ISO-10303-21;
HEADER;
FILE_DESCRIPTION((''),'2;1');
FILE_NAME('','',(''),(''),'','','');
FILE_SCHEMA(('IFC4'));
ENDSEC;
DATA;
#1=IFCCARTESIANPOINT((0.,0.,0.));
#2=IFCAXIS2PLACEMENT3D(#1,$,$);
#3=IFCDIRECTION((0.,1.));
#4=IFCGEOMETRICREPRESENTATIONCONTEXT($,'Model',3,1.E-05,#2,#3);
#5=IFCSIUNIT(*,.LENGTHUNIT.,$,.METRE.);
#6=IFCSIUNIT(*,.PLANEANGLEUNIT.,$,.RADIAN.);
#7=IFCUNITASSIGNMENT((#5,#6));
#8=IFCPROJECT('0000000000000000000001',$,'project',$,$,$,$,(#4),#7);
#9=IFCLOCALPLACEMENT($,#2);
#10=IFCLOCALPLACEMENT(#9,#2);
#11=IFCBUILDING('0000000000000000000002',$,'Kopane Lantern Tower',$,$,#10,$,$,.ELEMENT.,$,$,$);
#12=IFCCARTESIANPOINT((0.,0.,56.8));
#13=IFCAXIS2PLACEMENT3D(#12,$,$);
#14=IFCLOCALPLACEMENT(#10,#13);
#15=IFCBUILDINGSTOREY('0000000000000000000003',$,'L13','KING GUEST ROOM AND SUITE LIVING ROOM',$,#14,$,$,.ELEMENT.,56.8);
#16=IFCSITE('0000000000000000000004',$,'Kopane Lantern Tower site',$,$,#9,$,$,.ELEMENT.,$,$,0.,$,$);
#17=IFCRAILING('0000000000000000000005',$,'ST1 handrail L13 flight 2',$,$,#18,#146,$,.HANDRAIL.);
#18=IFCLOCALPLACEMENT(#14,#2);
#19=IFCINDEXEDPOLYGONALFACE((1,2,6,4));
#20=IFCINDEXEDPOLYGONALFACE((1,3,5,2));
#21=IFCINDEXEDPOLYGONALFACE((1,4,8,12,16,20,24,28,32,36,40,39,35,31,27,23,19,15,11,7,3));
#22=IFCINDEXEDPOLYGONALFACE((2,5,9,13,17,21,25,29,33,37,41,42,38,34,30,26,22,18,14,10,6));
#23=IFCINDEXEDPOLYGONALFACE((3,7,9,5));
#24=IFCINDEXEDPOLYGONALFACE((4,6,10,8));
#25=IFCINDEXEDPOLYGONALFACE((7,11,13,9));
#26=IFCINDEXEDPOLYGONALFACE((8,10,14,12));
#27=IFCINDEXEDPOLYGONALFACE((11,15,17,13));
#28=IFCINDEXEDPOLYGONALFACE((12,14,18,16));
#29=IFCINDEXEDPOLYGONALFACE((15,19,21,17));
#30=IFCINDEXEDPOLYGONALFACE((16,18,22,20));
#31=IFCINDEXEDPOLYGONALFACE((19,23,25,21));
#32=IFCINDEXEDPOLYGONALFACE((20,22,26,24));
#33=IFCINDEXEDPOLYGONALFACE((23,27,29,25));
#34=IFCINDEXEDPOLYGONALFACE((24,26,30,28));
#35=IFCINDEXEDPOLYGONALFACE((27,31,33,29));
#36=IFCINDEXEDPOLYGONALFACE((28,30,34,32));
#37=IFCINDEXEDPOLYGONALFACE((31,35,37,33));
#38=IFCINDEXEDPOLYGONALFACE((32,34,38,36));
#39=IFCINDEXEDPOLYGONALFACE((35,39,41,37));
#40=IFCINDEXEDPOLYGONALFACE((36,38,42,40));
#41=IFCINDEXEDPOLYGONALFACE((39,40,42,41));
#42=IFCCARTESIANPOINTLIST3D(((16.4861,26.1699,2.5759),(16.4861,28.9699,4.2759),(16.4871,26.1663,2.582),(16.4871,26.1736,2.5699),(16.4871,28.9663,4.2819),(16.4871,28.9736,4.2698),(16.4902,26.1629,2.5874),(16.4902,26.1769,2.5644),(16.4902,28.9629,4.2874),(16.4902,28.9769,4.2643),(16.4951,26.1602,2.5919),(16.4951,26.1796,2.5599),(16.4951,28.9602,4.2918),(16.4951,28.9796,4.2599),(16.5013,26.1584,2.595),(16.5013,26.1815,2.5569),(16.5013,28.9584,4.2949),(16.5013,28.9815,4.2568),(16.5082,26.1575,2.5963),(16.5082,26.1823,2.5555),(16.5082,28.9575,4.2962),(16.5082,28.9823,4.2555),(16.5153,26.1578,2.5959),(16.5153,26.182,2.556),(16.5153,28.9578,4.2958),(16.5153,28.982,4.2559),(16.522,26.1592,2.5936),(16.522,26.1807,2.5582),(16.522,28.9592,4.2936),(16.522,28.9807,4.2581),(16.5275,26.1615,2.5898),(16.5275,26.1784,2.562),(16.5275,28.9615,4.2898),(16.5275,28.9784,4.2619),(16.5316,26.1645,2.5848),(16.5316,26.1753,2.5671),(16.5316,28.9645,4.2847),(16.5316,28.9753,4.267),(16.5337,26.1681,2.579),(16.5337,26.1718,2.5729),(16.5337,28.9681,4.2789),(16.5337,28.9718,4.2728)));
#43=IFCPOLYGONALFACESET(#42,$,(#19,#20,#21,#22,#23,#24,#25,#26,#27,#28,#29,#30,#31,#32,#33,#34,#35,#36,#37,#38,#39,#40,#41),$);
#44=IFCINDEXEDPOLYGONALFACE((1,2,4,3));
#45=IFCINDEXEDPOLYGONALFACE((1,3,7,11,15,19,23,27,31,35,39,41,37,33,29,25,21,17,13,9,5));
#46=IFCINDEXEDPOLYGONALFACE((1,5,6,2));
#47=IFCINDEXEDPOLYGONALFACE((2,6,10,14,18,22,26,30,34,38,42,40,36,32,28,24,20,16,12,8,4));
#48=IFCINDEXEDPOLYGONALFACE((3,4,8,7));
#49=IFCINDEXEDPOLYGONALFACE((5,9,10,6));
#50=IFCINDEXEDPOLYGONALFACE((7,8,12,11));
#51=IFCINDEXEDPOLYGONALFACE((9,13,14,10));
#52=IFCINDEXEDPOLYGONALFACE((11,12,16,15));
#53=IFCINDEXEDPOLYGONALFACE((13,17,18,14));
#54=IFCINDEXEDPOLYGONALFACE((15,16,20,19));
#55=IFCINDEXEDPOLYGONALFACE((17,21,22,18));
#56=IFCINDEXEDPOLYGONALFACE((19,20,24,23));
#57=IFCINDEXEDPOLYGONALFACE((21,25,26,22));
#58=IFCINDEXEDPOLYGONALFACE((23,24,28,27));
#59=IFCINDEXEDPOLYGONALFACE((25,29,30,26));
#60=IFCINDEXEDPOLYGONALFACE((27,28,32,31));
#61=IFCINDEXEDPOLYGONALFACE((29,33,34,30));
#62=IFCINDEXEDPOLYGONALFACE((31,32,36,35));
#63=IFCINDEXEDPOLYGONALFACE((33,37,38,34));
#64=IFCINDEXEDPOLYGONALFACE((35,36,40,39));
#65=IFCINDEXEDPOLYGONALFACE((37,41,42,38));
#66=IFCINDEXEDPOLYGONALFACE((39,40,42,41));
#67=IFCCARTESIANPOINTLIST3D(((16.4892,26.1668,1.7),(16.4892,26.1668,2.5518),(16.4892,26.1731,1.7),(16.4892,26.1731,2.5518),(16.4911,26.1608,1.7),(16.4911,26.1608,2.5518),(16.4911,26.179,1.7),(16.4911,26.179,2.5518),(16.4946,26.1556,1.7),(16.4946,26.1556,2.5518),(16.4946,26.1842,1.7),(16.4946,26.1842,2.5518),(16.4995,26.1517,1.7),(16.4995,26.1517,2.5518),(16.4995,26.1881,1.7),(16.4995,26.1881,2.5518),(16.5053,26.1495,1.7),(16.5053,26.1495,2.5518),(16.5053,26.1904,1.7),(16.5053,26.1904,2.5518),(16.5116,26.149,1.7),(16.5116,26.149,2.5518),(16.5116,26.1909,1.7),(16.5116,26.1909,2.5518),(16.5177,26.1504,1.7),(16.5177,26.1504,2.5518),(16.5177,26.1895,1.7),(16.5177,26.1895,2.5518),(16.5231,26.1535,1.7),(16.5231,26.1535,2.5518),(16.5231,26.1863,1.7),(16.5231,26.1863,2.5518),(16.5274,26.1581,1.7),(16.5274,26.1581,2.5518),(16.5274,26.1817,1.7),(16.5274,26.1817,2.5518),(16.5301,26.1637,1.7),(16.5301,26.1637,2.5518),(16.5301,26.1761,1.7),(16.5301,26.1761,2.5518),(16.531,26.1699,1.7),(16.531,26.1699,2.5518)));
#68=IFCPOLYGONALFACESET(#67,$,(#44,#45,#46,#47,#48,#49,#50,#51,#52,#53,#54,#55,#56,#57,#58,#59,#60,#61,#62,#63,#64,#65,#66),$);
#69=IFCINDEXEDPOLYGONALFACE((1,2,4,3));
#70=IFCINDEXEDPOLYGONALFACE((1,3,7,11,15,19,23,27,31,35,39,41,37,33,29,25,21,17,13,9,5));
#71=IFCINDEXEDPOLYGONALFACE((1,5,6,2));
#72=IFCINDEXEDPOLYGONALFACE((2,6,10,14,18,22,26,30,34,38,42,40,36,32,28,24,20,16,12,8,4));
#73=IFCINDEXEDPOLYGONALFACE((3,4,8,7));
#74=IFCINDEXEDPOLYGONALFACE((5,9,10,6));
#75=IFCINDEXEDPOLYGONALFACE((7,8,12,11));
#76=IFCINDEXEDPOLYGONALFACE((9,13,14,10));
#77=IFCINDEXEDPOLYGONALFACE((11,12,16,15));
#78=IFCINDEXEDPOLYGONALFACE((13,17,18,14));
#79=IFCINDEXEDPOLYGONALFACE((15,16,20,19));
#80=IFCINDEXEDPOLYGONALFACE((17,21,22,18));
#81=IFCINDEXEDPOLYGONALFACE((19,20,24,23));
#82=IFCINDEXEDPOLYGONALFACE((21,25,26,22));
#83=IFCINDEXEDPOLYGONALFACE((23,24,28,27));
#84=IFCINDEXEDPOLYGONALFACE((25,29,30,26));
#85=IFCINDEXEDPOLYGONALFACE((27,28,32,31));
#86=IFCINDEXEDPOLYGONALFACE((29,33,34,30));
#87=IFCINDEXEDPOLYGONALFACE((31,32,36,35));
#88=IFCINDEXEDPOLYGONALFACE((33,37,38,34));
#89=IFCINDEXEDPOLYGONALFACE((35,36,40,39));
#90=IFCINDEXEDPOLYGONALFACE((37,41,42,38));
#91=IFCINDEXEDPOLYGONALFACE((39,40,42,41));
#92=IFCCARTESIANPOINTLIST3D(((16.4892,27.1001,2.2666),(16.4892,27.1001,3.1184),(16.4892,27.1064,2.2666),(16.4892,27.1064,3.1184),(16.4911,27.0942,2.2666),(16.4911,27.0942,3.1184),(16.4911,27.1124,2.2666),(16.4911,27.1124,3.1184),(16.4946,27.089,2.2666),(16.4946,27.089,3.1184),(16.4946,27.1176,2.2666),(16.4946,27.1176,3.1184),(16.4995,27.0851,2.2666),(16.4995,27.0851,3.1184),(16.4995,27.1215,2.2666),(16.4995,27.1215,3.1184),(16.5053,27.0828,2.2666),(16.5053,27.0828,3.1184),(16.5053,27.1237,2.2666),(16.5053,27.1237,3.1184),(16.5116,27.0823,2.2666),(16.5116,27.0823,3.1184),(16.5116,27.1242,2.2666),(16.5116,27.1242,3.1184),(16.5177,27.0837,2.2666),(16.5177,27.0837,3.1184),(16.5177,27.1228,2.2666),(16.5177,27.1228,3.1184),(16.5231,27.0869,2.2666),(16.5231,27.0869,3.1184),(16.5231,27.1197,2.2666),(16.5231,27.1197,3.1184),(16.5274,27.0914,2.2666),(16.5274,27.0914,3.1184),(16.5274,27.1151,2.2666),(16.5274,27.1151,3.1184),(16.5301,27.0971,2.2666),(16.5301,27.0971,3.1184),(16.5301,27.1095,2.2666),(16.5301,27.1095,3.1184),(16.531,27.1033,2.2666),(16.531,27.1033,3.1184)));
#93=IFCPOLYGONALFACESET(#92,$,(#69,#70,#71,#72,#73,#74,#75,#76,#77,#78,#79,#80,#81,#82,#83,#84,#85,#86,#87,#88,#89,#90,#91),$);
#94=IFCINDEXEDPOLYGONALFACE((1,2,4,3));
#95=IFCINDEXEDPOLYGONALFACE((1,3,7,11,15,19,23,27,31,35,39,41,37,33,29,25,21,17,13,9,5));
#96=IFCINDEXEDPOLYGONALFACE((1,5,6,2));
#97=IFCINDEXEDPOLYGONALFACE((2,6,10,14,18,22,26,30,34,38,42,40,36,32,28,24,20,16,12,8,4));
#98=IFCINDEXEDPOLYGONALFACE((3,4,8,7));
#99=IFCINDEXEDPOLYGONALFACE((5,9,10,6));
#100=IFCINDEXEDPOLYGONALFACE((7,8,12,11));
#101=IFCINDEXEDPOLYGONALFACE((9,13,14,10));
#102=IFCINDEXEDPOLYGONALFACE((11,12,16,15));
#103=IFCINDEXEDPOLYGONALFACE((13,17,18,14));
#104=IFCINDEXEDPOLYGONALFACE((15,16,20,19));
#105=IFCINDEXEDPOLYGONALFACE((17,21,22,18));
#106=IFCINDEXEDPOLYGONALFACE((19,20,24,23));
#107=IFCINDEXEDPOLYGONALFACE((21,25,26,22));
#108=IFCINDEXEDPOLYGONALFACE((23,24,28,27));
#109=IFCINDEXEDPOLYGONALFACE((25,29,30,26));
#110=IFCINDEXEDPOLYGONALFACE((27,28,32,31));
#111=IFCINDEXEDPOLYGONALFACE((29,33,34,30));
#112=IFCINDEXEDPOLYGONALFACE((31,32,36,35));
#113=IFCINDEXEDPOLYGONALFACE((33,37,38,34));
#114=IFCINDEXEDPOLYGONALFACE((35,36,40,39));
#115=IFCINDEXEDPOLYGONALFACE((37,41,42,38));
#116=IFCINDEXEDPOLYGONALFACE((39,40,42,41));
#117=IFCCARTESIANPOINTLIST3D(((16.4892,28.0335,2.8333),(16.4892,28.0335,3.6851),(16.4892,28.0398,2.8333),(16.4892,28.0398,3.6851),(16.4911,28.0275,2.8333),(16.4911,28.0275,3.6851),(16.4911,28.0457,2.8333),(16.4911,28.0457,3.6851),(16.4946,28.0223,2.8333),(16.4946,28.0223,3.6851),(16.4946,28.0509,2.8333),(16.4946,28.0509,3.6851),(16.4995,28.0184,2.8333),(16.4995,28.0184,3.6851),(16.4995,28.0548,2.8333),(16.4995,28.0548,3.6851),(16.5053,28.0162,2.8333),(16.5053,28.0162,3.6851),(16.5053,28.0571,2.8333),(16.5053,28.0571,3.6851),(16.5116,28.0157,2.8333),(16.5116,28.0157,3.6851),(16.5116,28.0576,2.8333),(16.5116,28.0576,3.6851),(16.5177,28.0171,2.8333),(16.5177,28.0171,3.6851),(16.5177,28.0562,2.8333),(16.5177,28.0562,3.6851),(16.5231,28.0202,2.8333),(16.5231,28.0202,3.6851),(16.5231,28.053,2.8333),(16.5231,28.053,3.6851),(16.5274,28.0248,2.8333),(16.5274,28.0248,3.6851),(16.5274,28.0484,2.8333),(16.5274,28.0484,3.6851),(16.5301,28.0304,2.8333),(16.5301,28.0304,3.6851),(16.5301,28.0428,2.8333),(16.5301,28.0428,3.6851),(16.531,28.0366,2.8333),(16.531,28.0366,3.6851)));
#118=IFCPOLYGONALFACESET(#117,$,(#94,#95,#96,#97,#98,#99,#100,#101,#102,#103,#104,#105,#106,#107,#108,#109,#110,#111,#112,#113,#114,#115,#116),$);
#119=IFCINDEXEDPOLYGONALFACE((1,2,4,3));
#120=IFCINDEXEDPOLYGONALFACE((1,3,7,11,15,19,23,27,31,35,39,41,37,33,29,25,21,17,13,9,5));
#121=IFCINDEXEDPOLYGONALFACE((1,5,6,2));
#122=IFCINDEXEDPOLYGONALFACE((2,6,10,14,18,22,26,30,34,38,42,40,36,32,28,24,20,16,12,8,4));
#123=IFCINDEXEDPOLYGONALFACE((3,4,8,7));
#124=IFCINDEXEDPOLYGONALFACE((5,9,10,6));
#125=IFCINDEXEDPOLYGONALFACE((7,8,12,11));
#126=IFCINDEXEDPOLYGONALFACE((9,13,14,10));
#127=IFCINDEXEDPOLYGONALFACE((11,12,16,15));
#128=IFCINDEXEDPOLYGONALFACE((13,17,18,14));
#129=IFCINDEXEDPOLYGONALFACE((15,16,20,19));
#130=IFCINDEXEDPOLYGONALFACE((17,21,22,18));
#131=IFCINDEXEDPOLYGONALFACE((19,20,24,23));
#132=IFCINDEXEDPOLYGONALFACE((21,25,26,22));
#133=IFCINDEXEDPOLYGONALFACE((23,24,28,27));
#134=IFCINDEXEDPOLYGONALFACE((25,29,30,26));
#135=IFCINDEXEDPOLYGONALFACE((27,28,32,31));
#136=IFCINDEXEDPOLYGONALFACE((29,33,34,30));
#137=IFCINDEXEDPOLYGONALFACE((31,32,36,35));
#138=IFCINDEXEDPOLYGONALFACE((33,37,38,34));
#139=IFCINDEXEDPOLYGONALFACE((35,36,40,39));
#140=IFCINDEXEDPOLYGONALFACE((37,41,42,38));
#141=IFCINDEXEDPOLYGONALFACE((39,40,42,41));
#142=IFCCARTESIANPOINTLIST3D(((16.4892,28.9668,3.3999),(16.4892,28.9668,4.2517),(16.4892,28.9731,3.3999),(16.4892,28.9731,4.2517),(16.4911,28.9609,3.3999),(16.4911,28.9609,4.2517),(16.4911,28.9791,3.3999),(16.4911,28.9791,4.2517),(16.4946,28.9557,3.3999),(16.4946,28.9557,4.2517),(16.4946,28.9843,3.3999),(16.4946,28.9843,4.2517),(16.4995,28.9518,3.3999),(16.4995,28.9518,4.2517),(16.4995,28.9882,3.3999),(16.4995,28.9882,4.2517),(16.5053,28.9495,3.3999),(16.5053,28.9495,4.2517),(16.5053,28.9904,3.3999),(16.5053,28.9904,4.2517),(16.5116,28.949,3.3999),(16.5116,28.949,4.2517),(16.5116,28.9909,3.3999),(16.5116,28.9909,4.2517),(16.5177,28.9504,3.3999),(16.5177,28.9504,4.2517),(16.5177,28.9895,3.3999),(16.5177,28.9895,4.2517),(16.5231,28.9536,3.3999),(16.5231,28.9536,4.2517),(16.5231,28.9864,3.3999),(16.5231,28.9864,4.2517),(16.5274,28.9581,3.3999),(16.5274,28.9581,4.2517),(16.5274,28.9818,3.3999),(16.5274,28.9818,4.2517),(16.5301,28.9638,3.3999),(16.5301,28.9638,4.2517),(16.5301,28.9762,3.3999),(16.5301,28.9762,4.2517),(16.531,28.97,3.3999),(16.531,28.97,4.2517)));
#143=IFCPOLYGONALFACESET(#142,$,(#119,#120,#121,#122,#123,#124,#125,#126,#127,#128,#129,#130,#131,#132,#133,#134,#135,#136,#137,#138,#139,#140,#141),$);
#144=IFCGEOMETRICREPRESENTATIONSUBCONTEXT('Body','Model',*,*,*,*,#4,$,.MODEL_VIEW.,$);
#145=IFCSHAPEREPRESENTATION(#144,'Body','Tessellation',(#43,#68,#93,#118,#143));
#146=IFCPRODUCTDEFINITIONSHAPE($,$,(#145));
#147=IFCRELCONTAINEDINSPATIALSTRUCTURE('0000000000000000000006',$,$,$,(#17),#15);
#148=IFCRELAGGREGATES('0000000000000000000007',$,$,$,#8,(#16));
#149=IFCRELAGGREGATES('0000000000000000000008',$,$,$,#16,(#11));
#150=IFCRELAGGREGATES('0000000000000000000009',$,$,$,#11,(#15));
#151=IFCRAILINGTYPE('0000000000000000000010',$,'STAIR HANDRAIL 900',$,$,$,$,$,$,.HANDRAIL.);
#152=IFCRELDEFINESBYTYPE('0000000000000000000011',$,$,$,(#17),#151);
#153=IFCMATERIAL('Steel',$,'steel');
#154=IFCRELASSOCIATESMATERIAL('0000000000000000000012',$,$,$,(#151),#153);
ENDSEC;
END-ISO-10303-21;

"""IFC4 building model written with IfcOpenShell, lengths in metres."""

from ifc_helpers import new_model, si_unit, direction, frame, origin, origin_2d, place, context, subcontext, project, spatial, circle, extrude, material, type_object, element, save


model = new_model("IFC4")

# Units and contexts
model_context = context("Model", 3, precision=1e-05, world=origin(), true_north=direction((0.0, 1.0)))
body_context = subcontext(model_context, "Body", "Model", "MODEL_VIEW")
ifc_project = project(units=[si_unit("LENGTHUNIT", "METRE"), si_unit("PLANEANGLEUNIT", "RADIAN")], contexts=[model_context])

# Site, building, storey
site_placement = place(None, origin())
site = spatial("IfcSite", under=ifc_project, at=site_placement, Name="Kopane Lantern Tower site", CompositionType="ELEMENT", RefElevation=0.0)
building_placement = place(site_placement, origin())
building = spatial("IfcBuilding", under=site, at=building_placement, Name="Kopane Lantern Tower", CompositionType="ELEMENT")
storey_placement = place(building_placement, frame((0.0, 0.0, 56.8)))
storey = spatial("IfcBuildingStorey", under=building, at=storey_placement, Name="L13", Description="KING GUEST ROOM AND SUITE LIVING ROOM", CompositionType="ELEMENT", Elevation=56.8)

# Railing
ifc_material_1 = material(Name="Steel", Category="steel")
railing_type_1 = type_object("IfcRailingType", Name="STAIR HANDRAIL 900", PredefinedType="HANDRAIL", material=ifc_material_1)
for number, where, name in (
    (1, (16.51, 26.1699, 1.7), "ST1 handrail L13 flight 2"),
):
    element("IfcRailing", number, at=place(storey_placement, frame(where)), inside=storey, type_object=railing_type_1, Name=name, PredefinedType="HANDRAIL", context=body_context, shape_type="SweptSolid", body=[
        extrude(circle(Radius=0.0239, at=origin_2d()), frame((0.0, 0.0, 0.876), z_axis=(0.0, 0.854798, 0.518961), x_axis=(-1.0, 0.0, 0.0)), (0.0, 0.0, 1.0), 3.2756),
        extrude(circle(Radius=0.021, at=origin_2d()), origin(), (0.0, 0.0, 1.0), 0.8518),
        extrude(circle(Radius=0.021, at=origin_2d()), frame((0.0, 0.9333, 0.5667)), (0.0, 0.0, 1.0), 0.8518),
        extrude(circle(Radius=0.021, at=origin_2d()), frame((0.0, 1.8667, 1.1333)), (0.0, 0.0, 1.0), 0.8518),
        extrude(circle(Radius=0.021, at=origin_2d()), frame((0.0, 2.8, 1.7)), (0.0, 0.0, 1.0), 0.8518),
    ])

save(model, "model.ifc")
